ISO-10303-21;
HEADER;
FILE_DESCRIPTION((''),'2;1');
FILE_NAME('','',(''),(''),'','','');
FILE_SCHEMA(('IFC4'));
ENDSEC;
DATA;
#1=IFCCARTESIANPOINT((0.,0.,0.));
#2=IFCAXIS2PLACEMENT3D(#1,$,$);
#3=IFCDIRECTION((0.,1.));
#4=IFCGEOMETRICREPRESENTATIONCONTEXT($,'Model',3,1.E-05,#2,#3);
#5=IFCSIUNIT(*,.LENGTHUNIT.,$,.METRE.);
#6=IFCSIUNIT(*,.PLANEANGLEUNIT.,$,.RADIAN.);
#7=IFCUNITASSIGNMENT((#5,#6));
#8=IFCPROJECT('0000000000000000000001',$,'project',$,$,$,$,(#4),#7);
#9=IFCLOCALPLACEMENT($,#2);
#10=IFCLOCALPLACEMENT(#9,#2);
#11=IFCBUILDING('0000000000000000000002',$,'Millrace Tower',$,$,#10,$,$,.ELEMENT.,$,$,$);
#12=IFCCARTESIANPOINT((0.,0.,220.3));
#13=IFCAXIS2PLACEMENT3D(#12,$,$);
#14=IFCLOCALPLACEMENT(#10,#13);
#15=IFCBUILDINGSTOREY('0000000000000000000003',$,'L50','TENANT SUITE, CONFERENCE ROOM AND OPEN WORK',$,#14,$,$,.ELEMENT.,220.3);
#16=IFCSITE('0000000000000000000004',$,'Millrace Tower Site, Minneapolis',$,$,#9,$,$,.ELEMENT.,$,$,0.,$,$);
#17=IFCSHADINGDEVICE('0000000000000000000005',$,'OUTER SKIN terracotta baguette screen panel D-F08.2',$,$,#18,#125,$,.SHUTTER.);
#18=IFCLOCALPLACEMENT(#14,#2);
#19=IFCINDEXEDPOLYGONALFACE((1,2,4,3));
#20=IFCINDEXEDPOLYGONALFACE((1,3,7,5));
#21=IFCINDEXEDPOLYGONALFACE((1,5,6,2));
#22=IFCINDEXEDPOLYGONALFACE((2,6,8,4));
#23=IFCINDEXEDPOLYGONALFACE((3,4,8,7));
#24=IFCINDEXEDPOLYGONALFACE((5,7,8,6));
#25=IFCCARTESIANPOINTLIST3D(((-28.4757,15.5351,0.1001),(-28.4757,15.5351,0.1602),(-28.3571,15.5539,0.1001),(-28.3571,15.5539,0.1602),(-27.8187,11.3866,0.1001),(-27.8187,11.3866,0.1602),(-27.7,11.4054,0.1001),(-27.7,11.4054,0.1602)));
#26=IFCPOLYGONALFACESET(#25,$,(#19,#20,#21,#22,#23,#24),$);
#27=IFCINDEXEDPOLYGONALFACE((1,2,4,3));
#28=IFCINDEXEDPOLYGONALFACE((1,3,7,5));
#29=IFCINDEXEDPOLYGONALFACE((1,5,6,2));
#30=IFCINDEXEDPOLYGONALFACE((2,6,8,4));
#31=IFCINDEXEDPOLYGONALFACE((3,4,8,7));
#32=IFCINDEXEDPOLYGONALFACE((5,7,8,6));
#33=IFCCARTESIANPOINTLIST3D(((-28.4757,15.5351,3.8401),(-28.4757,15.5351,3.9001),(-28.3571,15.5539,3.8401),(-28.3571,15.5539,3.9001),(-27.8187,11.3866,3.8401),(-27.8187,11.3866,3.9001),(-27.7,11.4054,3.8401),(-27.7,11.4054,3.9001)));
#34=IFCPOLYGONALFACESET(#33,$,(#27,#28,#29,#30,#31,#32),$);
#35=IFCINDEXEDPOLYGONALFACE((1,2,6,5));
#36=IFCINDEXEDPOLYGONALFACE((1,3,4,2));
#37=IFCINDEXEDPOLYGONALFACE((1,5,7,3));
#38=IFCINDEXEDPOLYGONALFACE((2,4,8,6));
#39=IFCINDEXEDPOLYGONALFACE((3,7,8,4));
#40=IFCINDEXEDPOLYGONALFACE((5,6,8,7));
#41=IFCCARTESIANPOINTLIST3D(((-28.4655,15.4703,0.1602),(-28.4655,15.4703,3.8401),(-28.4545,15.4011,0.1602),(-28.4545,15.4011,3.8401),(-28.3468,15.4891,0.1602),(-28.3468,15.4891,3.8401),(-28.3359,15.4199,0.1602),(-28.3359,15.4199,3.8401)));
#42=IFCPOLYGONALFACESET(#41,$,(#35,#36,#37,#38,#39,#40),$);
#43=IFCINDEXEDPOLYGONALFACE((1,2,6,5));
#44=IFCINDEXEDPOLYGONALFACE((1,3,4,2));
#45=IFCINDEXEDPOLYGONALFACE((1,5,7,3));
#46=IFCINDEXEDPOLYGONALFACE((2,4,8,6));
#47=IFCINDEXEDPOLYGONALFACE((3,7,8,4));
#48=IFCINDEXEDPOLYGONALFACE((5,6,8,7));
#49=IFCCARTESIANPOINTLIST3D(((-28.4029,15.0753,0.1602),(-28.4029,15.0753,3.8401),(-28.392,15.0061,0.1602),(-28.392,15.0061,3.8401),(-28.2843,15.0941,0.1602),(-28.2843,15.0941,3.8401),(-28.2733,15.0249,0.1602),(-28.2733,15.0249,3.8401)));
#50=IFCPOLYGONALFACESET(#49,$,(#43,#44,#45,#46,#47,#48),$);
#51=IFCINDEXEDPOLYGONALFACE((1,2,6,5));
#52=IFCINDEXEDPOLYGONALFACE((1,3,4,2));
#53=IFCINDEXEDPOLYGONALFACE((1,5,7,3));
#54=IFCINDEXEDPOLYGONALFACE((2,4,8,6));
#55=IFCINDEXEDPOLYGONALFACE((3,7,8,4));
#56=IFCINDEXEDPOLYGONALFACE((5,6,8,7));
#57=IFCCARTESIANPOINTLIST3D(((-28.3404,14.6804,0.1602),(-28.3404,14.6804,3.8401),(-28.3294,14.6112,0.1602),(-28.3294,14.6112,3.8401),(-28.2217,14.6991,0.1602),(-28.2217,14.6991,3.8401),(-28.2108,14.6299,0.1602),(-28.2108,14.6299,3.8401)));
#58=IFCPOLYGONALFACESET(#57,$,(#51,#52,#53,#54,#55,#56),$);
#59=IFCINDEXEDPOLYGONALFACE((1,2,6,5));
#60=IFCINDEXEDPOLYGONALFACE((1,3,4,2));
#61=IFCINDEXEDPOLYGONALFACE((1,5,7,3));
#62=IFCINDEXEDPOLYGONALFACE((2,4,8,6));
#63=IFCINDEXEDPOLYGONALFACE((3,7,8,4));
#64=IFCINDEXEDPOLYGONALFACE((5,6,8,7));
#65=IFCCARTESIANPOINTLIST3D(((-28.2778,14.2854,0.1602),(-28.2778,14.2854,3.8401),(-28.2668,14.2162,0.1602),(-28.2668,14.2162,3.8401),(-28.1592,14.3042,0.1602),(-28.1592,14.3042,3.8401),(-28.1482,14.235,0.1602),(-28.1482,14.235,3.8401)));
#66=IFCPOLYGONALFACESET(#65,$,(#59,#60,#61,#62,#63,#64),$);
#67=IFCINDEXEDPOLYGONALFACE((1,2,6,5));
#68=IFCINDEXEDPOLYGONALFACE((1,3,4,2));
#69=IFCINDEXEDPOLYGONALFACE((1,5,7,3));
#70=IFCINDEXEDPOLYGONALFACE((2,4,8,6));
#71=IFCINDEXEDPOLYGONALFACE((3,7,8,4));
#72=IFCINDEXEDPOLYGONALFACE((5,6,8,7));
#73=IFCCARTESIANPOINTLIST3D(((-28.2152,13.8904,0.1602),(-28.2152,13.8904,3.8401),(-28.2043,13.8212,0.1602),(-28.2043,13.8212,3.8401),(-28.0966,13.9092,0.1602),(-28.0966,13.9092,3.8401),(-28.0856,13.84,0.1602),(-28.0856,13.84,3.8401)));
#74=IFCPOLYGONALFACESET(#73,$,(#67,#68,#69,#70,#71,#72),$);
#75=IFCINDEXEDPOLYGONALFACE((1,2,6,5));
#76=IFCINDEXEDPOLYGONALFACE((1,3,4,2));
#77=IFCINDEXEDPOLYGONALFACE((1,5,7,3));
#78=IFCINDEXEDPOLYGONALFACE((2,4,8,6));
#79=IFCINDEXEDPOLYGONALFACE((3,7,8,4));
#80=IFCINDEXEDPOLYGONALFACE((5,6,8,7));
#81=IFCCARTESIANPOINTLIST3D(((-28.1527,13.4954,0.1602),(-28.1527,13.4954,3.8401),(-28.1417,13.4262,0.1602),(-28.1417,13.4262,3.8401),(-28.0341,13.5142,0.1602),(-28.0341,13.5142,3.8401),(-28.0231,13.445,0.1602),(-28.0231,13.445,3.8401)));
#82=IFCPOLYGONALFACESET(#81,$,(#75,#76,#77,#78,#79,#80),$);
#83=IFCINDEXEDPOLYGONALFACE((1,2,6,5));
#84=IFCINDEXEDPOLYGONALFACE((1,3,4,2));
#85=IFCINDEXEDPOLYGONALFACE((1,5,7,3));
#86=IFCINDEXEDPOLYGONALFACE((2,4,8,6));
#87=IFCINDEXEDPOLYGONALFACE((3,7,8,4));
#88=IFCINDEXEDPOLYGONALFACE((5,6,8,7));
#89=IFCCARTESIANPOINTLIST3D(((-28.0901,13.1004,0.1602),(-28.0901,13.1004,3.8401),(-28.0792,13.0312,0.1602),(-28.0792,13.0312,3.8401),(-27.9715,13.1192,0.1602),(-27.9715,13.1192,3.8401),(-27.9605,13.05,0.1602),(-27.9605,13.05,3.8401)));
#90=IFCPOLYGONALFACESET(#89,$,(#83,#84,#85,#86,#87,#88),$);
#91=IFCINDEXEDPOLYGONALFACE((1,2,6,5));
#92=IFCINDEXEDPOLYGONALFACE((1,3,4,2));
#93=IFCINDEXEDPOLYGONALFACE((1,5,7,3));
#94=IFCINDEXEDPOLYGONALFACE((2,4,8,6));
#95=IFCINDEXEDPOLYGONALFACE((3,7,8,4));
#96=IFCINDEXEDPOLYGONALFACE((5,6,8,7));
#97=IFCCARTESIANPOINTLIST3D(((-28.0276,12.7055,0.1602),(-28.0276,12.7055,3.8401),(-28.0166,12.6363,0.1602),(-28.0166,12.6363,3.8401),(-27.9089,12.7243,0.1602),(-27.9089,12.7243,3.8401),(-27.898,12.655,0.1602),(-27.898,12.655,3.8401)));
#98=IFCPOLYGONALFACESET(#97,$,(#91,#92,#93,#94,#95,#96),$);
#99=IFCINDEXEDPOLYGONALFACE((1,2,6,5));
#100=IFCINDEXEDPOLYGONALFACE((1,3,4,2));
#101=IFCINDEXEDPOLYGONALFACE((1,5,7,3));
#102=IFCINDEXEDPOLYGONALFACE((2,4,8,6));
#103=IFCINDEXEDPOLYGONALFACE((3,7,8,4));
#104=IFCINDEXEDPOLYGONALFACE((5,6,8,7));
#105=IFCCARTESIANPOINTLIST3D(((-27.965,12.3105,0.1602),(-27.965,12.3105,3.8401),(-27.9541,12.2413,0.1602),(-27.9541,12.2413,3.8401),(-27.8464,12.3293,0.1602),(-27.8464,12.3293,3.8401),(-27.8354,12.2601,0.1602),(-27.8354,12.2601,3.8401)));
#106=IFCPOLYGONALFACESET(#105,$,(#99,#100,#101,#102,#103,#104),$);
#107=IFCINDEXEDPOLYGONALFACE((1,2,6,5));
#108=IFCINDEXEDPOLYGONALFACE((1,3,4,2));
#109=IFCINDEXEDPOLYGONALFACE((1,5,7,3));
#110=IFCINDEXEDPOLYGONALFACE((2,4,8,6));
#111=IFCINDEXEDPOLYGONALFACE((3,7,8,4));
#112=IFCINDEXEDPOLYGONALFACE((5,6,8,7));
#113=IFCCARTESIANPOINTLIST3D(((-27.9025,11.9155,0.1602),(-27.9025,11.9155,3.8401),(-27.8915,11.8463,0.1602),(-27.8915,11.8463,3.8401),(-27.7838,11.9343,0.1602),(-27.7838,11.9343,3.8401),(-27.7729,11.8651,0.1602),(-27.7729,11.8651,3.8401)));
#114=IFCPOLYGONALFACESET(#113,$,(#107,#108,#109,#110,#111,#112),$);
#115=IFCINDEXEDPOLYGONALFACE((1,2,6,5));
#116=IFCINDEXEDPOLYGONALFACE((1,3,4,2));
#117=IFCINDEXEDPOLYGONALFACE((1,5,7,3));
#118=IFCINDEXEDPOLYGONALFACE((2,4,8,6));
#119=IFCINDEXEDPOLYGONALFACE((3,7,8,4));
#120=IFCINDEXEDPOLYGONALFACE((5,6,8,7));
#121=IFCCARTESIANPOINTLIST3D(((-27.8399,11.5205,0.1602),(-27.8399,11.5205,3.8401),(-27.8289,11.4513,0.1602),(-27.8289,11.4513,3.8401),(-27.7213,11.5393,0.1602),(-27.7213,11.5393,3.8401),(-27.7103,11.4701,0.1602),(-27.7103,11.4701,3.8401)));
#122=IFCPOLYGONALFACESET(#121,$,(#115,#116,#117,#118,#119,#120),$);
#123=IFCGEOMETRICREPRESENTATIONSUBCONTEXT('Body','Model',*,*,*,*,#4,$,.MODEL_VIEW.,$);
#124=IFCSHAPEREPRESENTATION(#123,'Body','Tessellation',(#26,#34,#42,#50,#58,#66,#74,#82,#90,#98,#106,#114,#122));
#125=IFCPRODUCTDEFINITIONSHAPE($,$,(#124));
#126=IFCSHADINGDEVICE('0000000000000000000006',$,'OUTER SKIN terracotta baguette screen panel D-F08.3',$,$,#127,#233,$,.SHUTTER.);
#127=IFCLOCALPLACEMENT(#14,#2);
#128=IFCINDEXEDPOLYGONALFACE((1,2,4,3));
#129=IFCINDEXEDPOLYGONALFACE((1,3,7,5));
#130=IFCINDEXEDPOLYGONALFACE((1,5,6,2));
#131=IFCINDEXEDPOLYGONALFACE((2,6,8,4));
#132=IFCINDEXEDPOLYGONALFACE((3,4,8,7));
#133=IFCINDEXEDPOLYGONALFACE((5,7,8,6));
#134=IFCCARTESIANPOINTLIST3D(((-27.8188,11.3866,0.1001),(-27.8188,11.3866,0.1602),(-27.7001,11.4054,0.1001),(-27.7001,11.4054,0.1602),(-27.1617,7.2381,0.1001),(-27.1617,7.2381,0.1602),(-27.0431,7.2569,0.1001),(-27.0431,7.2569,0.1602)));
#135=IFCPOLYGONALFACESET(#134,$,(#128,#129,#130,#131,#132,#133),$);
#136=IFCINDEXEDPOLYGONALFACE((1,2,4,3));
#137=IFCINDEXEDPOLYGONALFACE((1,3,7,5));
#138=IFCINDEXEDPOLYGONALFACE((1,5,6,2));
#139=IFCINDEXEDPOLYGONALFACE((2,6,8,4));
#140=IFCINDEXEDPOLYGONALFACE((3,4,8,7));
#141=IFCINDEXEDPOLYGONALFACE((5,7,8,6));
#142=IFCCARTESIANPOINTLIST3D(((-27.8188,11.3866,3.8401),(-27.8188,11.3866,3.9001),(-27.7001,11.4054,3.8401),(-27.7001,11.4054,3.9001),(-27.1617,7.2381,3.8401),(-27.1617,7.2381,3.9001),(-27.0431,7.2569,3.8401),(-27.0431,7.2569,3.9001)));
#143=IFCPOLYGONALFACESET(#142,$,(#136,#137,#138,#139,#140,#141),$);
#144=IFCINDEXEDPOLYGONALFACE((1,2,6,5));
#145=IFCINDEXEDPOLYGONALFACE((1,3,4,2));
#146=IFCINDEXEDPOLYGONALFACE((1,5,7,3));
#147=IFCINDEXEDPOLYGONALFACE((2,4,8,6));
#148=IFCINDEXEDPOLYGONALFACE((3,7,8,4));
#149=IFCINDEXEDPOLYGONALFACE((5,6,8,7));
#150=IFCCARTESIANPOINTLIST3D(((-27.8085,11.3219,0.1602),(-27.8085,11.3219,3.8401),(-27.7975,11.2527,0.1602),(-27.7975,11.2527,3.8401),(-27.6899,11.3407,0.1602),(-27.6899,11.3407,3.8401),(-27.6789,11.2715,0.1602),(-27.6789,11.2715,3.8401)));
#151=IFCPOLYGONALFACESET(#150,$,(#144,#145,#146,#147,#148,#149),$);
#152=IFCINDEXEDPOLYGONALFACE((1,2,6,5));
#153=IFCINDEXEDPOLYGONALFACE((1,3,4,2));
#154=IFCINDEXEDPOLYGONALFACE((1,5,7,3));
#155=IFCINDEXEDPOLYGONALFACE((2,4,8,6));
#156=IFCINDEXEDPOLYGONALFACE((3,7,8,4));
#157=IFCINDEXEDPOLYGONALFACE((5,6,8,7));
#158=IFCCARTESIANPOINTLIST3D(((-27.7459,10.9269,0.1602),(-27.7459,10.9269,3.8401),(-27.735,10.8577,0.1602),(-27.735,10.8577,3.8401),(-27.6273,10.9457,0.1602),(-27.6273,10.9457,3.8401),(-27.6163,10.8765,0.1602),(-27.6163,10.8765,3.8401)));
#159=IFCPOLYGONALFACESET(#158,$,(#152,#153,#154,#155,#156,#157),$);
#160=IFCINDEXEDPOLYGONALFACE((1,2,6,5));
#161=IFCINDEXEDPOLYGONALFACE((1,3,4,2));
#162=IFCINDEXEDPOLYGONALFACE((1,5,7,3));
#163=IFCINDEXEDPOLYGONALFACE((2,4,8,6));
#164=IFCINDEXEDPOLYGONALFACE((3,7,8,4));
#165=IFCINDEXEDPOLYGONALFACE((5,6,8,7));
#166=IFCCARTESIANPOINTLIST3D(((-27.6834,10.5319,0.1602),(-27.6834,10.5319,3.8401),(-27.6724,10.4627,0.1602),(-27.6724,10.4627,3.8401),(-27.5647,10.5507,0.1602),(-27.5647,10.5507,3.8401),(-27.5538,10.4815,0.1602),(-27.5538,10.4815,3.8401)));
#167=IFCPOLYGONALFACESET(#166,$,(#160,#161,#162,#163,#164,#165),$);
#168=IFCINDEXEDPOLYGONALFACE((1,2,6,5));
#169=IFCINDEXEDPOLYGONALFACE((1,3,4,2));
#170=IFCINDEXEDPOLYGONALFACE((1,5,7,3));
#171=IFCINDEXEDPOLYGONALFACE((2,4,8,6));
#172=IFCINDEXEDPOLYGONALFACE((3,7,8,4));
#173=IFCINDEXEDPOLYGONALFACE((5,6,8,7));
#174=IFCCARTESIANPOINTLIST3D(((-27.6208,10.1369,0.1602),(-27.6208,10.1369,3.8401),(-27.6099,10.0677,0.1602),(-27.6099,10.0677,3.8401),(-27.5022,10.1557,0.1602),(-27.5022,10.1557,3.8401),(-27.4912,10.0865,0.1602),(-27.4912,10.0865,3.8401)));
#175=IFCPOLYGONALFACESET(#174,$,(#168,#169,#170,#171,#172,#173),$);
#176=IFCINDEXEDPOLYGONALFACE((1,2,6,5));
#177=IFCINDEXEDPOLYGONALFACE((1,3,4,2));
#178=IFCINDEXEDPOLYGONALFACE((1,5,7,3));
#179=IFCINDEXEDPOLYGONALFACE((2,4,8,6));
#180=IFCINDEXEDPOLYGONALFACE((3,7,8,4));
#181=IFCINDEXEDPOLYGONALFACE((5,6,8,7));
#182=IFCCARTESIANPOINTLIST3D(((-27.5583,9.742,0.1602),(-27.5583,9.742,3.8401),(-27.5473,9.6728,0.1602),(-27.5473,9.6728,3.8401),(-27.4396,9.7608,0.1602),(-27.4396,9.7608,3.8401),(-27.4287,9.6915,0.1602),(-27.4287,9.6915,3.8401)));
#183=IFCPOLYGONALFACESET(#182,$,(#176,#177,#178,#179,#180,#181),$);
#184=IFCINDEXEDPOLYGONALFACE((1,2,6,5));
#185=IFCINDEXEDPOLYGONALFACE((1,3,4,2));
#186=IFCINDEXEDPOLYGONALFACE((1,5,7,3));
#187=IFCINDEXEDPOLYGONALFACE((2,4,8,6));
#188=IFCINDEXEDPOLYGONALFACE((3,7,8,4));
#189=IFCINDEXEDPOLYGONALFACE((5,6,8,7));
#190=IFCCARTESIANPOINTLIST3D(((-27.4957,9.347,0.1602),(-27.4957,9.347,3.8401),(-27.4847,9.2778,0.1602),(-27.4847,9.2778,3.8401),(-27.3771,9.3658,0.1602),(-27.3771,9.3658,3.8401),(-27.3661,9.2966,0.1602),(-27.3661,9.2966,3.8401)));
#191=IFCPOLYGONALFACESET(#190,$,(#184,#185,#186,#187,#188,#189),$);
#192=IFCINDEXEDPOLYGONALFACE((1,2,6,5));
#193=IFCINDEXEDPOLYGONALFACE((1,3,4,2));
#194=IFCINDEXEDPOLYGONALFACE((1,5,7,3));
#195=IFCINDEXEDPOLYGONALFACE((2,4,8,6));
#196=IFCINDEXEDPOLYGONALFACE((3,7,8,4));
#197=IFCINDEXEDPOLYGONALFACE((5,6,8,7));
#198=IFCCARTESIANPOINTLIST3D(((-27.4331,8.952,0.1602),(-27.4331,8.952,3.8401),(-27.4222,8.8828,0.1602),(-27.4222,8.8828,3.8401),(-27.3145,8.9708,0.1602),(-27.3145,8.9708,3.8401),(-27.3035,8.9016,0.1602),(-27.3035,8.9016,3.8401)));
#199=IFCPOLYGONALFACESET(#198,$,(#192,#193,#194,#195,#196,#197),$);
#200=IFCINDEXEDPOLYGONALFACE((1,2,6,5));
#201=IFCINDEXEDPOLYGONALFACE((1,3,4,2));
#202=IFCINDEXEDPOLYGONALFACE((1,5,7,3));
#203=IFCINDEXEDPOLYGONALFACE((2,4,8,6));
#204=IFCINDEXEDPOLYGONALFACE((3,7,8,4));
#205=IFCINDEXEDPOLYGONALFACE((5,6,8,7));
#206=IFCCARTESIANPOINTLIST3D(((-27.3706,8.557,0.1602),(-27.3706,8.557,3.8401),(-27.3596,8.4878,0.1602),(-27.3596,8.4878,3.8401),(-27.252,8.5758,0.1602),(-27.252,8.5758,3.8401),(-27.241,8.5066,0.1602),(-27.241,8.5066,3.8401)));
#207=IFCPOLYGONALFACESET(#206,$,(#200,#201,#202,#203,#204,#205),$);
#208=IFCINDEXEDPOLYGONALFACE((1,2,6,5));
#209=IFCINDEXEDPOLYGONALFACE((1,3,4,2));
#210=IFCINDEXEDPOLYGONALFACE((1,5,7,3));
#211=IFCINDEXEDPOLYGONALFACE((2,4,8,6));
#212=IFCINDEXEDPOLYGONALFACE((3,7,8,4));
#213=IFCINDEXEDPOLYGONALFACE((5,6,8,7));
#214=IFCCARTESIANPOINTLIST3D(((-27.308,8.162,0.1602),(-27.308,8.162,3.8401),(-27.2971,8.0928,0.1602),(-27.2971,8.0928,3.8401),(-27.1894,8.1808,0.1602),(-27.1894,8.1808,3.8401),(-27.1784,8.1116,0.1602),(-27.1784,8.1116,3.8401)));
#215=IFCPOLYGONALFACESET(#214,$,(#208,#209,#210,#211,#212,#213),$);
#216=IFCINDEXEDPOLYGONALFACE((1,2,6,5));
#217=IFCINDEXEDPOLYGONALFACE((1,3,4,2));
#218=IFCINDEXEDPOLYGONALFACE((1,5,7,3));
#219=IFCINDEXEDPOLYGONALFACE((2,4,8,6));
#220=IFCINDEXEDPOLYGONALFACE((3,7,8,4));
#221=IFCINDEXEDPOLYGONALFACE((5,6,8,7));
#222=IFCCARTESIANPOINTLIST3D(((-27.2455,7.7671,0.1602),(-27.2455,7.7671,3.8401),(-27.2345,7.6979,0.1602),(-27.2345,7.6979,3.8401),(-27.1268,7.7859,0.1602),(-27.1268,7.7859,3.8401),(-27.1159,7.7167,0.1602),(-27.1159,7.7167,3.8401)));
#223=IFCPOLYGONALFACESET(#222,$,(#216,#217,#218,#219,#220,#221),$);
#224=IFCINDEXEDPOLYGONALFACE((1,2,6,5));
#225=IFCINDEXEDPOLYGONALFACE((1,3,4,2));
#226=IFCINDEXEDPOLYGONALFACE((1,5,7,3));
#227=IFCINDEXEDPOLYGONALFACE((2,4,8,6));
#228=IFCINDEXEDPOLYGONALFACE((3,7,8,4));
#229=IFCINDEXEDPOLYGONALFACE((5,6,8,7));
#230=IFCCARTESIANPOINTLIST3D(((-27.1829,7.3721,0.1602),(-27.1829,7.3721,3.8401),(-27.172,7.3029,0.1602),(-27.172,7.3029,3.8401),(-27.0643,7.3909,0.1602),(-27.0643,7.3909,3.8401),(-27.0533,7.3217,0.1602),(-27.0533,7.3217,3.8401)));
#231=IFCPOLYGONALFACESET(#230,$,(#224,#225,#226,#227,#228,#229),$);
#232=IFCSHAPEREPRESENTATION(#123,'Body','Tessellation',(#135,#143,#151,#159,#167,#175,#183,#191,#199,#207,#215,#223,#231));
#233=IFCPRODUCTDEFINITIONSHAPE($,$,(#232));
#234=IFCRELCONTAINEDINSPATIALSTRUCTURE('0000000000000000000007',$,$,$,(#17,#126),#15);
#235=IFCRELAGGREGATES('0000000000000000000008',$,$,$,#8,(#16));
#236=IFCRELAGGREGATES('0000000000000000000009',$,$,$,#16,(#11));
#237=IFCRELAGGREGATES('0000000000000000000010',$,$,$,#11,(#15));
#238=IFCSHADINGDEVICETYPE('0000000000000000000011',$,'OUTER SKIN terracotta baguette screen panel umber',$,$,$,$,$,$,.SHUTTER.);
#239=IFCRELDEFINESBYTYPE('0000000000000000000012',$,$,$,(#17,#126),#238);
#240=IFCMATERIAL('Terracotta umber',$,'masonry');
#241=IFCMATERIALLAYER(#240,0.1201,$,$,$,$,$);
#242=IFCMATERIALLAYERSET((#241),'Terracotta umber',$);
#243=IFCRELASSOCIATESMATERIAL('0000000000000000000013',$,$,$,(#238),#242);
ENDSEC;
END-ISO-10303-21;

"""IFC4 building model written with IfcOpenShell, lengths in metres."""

from ifc_helpers import new_model, entity, si_unit, direction, frame, frame_2d, origin, origin_2d, place, context, subcontext, project, spatial, rectangle, extrude, source, transform, mapped, material, layer, layer_set, type_object, element, save


model = new_model("IFC4")

# Units and contexts
model_context = context("Model", 3, precision=1e-05, world=origin(), true_north=direction((0.0, 1.0)))
body_context = subcontext(model_context, "Body", "Model", "MODEL_VIEW")
ifc_project = project(units=[si_unit("LENGTHUNIT", "METRE"), si_unit("PLANEANGLEUNIT", "RADIAN")], contexts=[model_context])

# Site, building, storey
site_placement = place(None, origin())
site = spatial("IfcSite", under=ifc_project, at=site_placement, Name="Millrace Tower Site, Minneapolis", CompositionType="ELEMENT", RefElevation=0.0)
building_placement = place(site_placement, origin())
building = spatial("IfcBuilding", under=site, at=building_placement, Name="Millrace Tower", CompositionType="ELEMENT")
storey_placement = place(building_placement, frame((0.0, 0.0, 220.3)))
storey = spatial("IfcBuildingStorey", under=building, at=storey_placement, Name="L50", Description="TENANT SUITE, CONFERENCE ROOM AND OPEN WORK", CompositionType="ELEMENT", Elevation=220.3)

# Shading devices
ifc_material_1 = material(Name="Terracotta umber", Category="masonry")
ifc_layer_1 = layer(ifc_material_1, 0.1201)
ifc_layer_set_1 = layer_set([ifc_layer_1], Name="Terracotta umber")
shading_device_type = type_object("IfcShadingDeviceType", Name="OUTER SKIN terracotta baguette screen panel umber", PredefinedType="SHUTTER", material=ifc_layer_set_1)
cartesian_point = entity("IfcCartesianPoint", [-2.1001, 0.0601])
shared_polyline = entity("IfcPolyline", [cartesian_point, entity("IfcCartesianPoint", [2.1001, 0.0601]), entity("IfcCartesianPoint", [2.1001, -0.0601]), entity("IfcCartesianPoint", [-2.1001, -0.0601]), cartesian_point])
shared_shape = source(origin(), body_context, "Body", "SweptSolid", [
    entity("IfcExtrudedAreaSolid", entity("IfcArbitraryClosedProfileDef", "AREA", None, shared_polyline), entity("IfcAxis2Placement3D", entity("IfcCartesianPoint", [0.0, 0.0, 0.0])), entity("IfcDirection", [0.0, 0.0, 1.0]), 0.0601),
    entity("IfcExtrudedAreaSolid", entity("IfcArbitraryClosedProfileDef", "AREA", None, shared_polyline), entity("IfcAxis2Placement3D", entity("IfcCartesianPoint", [0.0, 0.0, 3.74])), entity("IfcDirection", [0.0, 0.0, 1.0]), 0.0601),
    extrude(rectangle(XDim=0.0701, YDim=0.1201, at=frame_2d((-1.9995, 0.0))), frame((0.0, 0.0, 0.0601)), (0.0, 0.0, 1.0), 3.6799),
    extrude(rectangle(XDim=0.0701, YDim=0.1201, at=frame_2d((-1.5996, 0.0))), frame((0.0, 0.0, 0.0601)), (0.0, 0.0, 1.0), 3.6799),
    extrude(rectangle(XDim=0.0701, YDim=0.1201, at=frame_2d((-1.1997, 0.0))), frame((0.0, 0.0, 0.0601)), (0.0, 0.0, 1.0), 3.6799),
    extrude(rectangle(XDim=0.0701, YDim=0.1201, at=frame_2d((-0.7998, 0.0))), frame((0.0, 0.0, 0.0601)), (0.0, 0.0, 1.0), 3.6799),
    extrude(rectangle(XDim=0.0701, YDim=0.1201, at=frame_2d((-0.3999, 0.0))), frame((0.0, 0.0, 0.0601)), (0.0, 0.0, 1.0), 3.6799),
    extrude(rectangle(XDim=0.0701, YDim=0.1201, at=origin_2d()), frame((0.0, 0.0, 0.0601)), (0.0, 0.0, 1.0), 3.6799),
    extrude(rectangle(XDim=0.0701, YDim=0.1201, at=frame_2d((0.3999, 0.0))), frame((0.0, 0.0, 0.0601)), (0.0, 0.0, 1.0), 3.6799),
    extrude(rectangle(XDim=0.0701, YDim=0.1201, at=frame_2d((0.7998, 0.0))), frame((0.0, 0.0, 0.0601)), (0.0, 0.0, 1.0), 3.6799),
    extrude(rectangle(XDim=0.0701, YDim=0.1201, at=frame_2d((1.1997, 0.0))), frame((0.0, 0.0, 0.0601)), (0.0, 0.0, 1.0), 3.6799),
    extrude(rectangle(XDim=0.0701, YDim=0.1201, at=frame_2d((1.5996, 0.0))), frame((0.0, 0.0, 0.0601)), (0.0, 0.0, 1.0), 3.6799),
    extrude(rectangle(XDim=0.0701, YDim=0.1201, at=frame_2d((1.9995, 0.0))), frame((0.0, 0.0, 0.0601)), (0.0, 0.0, 1.0), 3.6799),
])
for number, where, z_axis, x_axis, name in (
    (1, (-28.0879, 13.4702, 0.1001), (0.0, 0.0, 1.0), (0.156434, -0.987688, 0.0), "OUTER SKIN terracotta baguette screen panel D-F08.2"),
    (2, (-27.4309, 9.3218, 0.1001), (0.0, 0.0, 1.0), (0.156434, -0.987688, 0.0), "OUTER SKIN terracotta baguette screen panel D-F08.3"),
):
    element("IfcShadingDevice", number, at=place(storey_placement, frame(where, z_axis=z_axis, x_axis=x_axis)), inside=storey, type_object=shading_device_type, Name=name, PredefinedType="SHUTTER", context=body_context, shape_type="MappedRepresentation", body=[
        mapped(shared_shape, transform((0.0, 0.0, 0.0), scale=1.0)),
    ])

save(model, "model.ifc")
